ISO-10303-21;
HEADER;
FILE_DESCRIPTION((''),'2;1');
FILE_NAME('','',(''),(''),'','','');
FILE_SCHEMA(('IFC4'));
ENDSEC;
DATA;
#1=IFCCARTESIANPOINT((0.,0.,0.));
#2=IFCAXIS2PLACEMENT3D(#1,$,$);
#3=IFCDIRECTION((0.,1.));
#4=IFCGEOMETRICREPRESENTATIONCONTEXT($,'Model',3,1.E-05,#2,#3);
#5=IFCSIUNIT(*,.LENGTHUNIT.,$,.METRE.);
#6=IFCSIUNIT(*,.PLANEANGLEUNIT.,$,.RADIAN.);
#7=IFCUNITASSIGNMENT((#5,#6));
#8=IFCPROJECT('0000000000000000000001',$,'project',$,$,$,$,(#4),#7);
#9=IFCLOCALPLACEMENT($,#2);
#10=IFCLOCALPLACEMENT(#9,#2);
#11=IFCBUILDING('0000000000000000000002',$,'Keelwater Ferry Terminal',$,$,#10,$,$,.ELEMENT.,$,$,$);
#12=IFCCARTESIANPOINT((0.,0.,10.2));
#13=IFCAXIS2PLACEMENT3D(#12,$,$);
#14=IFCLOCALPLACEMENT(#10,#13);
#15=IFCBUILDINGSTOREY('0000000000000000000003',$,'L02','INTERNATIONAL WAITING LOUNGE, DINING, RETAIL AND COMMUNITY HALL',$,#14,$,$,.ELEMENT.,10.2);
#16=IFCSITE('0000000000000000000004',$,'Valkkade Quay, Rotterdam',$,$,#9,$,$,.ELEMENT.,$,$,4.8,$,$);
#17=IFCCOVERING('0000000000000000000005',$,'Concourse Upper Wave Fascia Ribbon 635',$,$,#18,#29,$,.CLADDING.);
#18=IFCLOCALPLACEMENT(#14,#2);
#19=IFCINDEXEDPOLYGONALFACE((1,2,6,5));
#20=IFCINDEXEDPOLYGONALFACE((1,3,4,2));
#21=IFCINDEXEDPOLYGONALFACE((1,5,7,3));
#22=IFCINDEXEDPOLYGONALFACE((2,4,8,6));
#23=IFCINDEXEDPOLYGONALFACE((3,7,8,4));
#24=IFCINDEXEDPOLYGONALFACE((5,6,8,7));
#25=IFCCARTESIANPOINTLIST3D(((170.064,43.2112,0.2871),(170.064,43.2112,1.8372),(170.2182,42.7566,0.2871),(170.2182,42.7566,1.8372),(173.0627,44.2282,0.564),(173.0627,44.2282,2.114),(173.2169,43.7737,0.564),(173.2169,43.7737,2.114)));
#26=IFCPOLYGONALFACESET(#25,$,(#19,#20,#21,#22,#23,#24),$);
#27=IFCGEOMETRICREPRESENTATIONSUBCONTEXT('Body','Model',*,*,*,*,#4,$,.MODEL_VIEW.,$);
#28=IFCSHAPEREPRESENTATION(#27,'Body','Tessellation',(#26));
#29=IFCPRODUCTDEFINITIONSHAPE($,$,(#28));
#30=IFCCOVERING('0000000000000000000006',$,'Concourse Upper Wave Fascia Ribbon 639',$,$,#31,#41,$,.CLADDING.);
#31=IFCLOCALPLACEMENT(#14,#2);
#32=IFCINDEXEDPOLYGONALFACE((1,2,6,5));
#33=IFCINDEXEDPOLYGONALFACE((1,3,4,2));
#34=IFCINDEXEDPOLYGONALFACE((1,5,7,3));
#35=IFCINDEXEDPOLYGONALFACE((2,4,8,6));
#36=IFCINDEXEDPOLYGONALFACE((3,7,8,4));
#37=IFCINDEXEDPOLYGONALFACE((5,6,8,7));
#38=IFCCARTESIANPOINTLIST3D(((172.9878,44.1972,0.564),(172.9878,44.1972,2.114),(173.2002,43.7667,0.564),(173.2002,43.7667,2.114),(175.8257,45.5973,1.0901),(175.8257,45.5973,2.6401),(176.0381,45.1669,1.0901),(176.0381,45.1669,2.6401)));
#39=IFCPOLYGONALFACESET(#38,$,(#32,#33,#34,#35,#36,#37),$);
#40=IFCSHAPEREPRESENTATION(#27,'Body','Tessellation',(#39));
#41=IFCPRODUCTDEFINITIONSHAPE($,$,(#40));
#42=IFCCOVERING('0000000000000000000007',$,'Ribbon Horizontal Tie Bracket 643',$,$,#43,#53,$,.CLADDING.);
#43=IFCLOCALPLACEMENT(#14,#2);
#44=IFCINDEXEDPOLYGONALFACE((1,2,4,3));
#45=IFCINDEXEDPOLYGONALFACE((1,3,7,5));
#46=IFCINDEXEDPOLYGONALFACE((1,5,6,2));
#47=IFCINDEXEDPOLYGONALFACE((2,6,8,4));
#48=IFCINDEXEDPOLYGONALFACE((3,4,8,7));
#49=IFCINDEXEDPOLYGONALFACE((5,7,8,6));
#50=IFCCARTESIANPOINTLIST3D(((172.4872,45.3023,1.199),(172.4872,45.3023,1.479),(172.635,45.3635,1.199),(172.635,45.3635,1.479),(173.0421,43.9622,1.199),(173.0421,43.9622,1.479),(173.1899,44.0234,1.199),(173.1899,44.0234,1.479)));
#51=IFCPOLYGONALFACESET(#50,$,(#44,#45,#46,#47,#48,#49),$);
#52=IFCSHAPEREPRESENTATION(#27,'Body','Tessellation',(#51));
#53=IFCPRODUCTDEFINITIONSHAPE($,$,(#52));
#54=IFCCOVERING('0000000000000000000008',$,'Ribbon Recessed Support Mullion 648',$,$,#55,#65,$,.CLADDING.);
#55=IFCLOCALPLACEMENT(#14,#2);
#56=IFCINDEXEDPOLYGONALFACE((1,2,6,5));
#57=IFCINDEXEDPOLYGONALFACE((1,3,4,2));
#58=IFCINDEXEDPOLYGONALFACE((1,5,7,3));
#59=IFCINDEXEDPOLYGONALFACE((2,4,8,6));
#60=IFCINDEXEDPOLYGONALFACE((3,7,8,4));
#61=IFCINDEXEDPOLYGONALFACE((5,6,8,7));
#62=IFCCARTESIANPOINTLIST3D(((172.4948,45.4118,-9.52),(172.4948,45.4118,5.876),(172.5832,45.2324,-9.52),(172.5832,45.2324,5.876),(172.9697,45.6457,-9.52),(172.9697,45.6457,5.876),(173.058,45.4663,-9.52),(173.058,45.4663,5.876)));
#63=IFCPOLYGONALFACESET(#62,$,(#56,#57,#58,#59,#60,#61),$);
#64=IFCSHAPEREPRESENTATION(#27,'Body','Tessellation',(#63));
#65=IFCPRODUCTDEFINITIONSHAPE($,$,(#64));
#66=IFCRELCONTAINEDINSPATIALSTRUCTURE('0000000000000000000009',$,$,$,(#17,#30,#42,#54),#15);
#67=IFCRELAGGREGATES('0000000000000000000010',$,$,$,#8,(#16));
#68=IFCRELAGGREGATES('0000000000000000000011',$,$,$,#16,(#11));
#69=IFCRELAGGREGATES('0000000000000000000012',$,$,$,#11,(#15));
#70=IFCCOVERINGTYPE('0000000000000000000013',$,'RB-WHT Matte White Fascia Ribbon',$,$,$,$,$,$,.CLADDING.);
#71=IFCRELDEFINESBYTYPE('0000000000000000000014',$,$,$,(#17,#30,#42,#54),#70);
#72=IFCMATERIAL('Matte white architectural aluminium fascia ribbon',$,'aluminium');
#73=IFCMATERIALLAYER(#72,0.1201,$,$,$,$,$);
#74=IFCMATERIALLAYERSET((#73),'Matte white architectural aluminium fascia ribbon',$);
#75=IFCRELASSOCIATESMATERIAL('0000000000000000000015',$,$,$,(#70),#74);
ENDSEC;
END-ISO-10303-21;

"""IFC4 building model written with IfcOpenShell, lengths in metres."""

from ifc_helpers import new_model, si_unit, direction, frame, frame_2d, origin, place, context, subcontext, project, spatial, polyline, rectangle, outline, extrude, material, layer, layer_set, type_object, element, save


model = new_model("IFC4")

# Units and contexts
model_context = context("Model", 3, precision=1e-05, world=origin(), true_north=direction((0.0, 1.0)))
body_context = subcontext(model_context, "Body", "Model", "MODEL_VIEW")
ifc_project = project(units=[si_unit("LENGTHUNIT", "METRE"), si_unit("PLANEANGLEUNIT", "RADIAN")], contexts=[model_context])

# Site, building, storey
site_placement = place(None, origin())
site = spatial("IfcSite", under=ifc_project, at=site_placement, Name="Valkkade Quay, Rotterdam", CompositionType="ELEMENT", RefElevation=4.8)
building_placement = place(site_placement, origin())
building = spatial("IfcBuilding", under=site, at=building_placement, Name="Keelwater Ferry Terminal", CompositionType="ELEMENT")
storey_placement = place(building_placement, frame((0.0, 0.0, 10.2)))
storey = spatial("IfcBuildingStorey", under=building, at=storey_placement, Name="L02", Description="INTERNATIONAL WAITING LOUNGE, DINING, RETAIL AND COMMUNITY HALL", CompositionType="ELEMENT", Elevation=10.2)

# Coverings
ifc_material_1 = material(Name="Matte white architectural aluminium fascia ribbon", Category="aluminium")
ifc_layer_1 = layer(ifc_material_1, 0.1201)
ifc_layer_set_1 = layer_set([ifc_layer_1], Name="Matte white architectural aluminium fascia ribbon")
covering_type = type_object("IfcCoveringType", Name="RB-WHT Matte White Fascia Ribbon", PredefinedType="CLADDING", material=ifc_layer_set_1)
covering_1_placement = place(storey_placement, frame((170.1411, 42.9839, 0.2871), z_axis=(0.0, 0.0, 1.0), x_axis=(0.947013, 0.321196, 0.0)))
element("IfcCovering", 1, at=covering_1_placement, inside=storey, type_object=covering_type, Name="Concourse Upper Wave Fascia Ribbon 635", PredefinedType="CLADDING", context=body_context, shape_type="SweptSolid", body=[
    extrude(outline(polyline([(0.0, 0.0), (3.1665, 0.2769), (3.1665, 1.8269), (0.0, 1.55), (0.0, 0.0)])), frame((0.0, 0.24, 0.0), z_axis=(0.0, -1.0, 0.0), x_axis=(1.0, 0.0, 0.0)), (0.0, 0.0, 1.0), 0.48),
])
covering_2_placement = place(storey_placement, frame((173.094, 43.9819, 0.564), z_axis=(0.0, 0.0, 1.0), x_axis=(0.896791, 0.442455, 0.0)))
element("IfcCovering", 2, at=covering_2_placement, inside=storey, type_object=covering_type, Name="Concourse Upper Wave Fascia Ribbon 639", PredefinedType="CLADDING", context=body_context, shape_type="SweptSolid", body=[
    extrude(outline(polyline([(0.0, 0.0), (3.1646, 0.5261), (3.1646, 2.0762), (0.0, 1.55), (0.0, 0.0)])), frame((0.0, 0.24, 0.0), z_axis=(0.0, -1.0, 0.0), x_axis=(1.0, 0.0, 0.0)), (0.0, 0.0, 1.0), 0.48),
])
covering_3_placement = place(storey_placement, frame((173.116, 43.9929, 1.199), z_axis=(0.0, 0.0, 1.0), x_axis=(-0.382595, 0.923916, 0.0)))
element("IfcCovering", 3, at=covering_3_placement, inside=storey, type_object=covering_type, Name="Ribbon Horizontal Tie Bracket 643", PredefinedType="CLADDING", context=body_context, shape_type="SweptSolid", body=[
    extrude(rectangle(XDim=1.4504, YDim=0.1599, at=frame_2d((0.7251, 0.0))), origin(), (0.0, 0.0, 1.0), 0.28),
])
covering_4_placement = place(storey_placement, frame((172.5391, 45.322, -9.52), z_axis=(0.0, 0.0, 1.0), x_axis=(0.897086, 0.441855, 0.0)))
element("IfcCovering", 4, at=covering_4_placement, inside=storey, type_object=covering_type, Name="Ribbon Recessed Support Mullion 648", PredefinedType="CLADDING", context=body_context, shape_type="SweptSolid", body=[
    extrude(outline(polyline([(0.0, 0.0), (0.5293, 0.0), (0.5293, 15.396), (0.0, 15.396), (0.0, 0.0)])), frame((0.0, 0.1001, 0.0), z_axis=(0.0, -1.0, 0.0), x_axis=(1.0, 0.0, 0.0)), (0.0, 0.0, 1.0), 0.2),
])

save(model, "model.ifc")
